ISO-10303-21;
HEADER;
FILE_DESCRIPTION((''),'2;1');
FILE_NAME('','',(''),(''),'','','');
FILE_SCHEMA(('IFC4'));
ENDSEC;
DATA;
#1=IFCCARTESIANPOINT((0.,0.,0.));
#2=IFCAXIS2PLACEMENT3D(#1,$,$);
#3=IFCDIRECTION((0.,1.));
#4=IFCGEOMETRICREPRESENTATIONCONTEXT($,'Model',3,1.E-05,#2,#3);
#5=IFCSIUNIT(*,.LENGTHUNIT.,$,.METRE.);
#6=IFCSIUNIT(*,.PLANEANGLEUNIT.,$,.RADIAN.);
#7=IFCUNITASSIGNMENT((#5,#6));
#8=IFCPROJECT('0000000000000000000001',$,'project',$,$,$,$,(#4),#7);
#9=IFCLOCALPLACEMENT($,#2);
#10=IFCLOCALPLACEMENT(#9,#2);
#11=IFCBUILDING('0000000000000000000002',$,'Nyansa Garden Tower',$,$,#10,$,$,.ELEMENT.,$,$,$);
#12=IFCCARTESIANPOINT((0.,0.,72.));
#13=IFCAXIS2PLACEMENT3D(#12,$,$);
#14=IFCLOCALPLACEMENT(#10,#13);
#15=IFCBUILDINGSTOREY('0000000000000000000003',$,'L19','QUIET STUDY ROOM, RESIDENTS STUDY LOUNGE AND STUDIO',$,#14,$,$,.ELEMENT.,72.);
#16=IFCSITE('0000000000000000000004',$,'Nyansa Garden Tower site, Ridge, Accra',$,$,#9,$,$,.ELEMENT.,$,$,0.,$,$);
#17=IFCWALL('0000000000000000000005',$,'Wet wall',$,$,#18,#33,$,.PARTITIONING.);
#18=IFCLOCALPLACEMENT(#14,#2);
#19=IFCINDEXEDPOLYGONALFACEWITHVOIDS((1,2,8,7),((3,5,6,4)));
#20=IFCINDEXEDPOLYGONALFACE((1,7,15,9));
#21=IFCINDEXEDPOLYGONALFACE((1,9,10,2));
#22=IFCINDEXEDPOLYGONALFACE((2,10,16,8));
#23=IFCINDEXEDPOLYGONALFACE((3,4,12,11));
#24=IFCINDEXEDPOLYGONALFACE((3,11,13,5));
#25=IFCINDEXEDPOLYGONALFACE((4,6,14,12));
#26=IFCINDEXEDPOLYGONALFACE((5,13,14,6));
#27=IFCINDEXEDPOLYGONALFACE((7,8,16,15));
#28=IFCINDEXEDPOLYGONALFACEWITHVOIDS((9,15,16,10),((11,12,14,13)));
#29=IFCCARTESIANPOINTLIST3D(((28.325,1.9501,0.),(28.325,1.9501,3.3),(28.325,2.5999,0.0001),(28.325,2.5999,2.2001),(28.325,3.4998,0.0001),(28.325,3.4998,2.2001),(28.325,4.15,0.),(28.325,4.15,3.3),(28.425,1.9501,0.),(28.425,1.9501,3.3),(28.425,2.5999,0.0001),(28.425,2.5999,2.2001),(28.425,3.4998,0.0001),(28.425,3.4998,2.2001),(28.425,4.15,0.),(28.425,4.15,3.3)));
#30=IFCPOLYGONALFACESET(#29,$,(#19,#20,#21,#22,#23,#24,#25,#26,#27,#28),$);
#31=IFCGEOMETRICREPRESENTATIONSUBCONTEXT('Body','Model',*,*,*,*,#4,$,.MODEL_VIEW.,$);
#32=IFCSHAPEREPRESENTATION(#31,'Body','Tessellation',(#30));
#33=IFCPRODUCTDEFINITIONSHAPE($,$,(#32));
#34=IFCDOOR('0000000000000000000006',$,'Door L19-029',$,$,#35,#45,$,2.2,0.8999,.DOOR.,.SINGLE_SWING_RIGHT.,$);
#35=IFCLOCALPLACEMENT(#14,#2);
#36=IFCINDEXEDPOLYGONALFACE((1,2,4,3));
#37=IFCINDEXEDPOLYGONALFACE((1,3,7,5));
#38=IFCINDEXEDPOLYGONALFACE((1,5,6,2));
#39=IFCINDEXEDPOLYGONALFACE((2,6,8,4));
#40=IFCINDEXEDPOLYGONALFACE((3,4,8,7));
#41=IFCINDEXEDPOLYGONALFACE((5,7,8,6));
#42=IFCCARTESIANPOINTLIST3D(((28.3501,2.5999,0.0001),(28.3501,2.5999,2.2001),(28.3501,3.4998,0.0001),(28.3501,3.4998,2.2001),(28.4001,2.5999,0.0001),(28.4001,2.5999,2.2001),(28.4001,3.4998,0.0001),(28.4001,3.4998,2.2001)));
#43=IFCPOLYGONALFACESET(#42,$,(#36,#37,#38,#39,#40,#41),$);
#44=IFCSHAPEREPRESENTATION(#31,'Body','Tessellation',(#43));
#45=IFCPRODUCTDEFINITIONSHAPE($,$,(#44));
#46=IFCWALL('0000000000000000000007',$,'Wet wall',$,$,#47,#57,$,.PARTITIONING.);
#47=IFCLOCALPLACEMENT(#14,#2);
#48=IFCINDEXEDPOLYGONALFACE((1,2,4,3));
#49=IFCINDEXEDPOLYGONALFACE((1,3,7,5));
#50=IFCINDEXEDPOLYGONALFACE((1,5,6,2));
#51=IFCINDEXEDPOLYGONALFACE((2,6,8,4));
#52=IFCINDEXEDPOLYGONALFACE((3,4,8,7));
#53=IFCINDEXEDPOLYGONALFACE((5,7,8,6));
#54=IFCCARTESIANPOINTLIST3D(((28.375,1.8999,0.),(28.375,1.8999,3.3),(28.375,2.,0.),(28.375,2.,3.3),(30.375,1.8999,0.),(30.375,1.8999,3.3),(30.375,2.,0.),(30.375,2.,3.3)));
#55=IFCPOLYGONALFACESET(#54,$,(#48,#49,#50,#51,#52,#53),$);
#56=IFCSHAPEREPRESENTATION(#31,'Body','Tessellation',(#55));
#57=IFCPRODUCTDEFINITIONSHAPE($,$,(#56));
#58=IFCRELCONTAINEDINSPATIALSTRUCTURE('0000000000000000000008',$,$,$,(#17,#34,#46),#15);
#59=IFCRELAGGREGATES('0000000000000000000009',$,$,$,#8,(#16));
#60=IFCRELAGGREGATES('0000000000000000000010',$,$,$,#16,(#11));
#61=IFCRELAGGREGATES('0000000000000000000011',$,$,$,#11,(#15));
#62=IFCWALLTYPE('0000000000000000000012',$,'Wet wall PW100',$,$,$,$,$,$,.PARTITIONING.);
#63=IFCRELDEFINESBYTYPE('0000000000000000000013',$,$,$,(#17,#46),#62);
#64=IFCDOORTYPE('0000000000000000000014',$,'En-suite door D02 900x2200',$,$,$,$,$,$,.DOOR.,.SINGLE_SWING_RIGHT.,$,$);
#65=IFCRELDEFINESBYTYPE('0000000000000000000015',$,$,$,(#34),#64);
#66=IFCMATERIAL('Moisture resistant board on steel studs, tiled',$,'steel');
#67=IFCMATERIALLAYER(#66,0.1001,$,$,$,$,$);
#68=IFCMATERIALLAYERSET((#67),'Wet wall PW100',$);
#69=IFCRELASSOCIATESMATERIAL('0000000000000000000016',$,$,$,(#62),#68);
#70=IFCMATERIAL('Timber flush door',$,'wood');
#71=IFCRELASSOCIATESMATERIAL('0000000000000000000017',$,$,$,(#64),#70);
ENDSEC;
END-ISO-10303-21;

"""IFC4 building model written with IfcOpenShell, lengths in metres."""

from ifc_helpers import new_model, si_unit, direction, frame, frame_2d, origin, place, context, subcontext, project, spatial, rectangle, extrude, material, layer, layer_set, type_object, element, fill, save


model = new_model("IFC4")

# Units and contexts
model_context = context("Model", 3, precision=1e-05, world=origin(), true_north=direction((0.0, 1.0)))
body_context = subcontext(model_context, "Body", "Model", "MODEL_VIEW")
ifc_project = project(units=[si_unit("LENGTHUNIT", "METRE"), si_unit("PLANEANGLEUNIT", "RADIAN")], contexts=[model_context])

# Site, building, storey
site_placement = place(None, origin())
site = spatial("IfcSite", under=ifc_project, at=site_placement, Name="Nyansa Garden Tower site, Ridge, Accra", CompositionType="ELEMENT", RefElevation=0.0)
building_placement = place(site_placement, origin())
building = spatial("IfcBuilding", under=site, at=building_placement, Name="Nyansa Garden Tower", CompositionType="ELEMENT")
storey_placement = place(building_placement, frame((0.0, 0.0, 72.0)))
storey = spatial("IfcBuildingStorey", under=building, at=storey_placement, Name="L19", Description="QUIET STUDY ROOM, RESIDENTS STUDY LOUNGE AND STUDIO", CompositionType="ELEMENT", Elevation=72.0)

# Wall, opening, door
ifc_material_1 = material(Name="Moisture resistant board on steel studs, tiled", Category="steel")
ifc_layer_1 = layer(ifc_material_1, 0.1001)
ifc_layer_set_1 = layer_set([ifc_layer_1], Name="Wet wall PW100")
wall_type_1 = type_object("IfcWallType", Name="Wet wall PW100", PredefinedType="PARTITIONING", material=ifc_layer_set_1)
wall_1_placement = place(storey_placement, frame((28.375, 1.95, 0.0), z_axis=(0.0, 0.0, 1.0), x_axis=(0.0, 1.0, 0.0)))
wall_1 = element("IfcWall", 1, at=wall_1_placement, inside=storey, type_object=wall_type_1, Name="Wet wall", PredefinedType="PARTITIONING", context=body_context, shape_type="SweptSolid", body=[
    extrude(rectangle(XDim=2.2, YDim=0.1001, at=frame_2d((1.1001, 0.0))), origin(), (0.0, 0.0, 1.0), 3.3),
])
opening_1_placement = place(wall_1_placement, frame((0.6499, 0.0, 0.0)))
opening_1 = element("IfcOpeningElement", 2, at=opening_1_placement, cuts=wall_1, PredefinedType="OPENING", context=body_context, shape_type="SweptSolid", body=[
    extrude(rectangle(XDim=0.8999, YDim=2.2, at=frame_2d((0.45, 1.1001))), frame((0.0, 0.0601, 0.0), z_axis=(0.0, -1.0, 0.0), x_axis=(1.0, 0.0, 0.0)), (0.0, 0.0, 1.0), 0.1201),
])
ifc_material_2 = material(Name="Timber flush door", Category="wood")
door_type_1 = type_object("IfcDoorType", Name="En-suite door D02 900x2200", OperationType="SINGLE_SWING_RIGHT", PredefinedType="DOOR", material=ifc_material_2)
door_1_placement = place(opening_1_placement, origin())
door_1 = element("IfcDoor", 3, at=door_1_placement, inside=storey, type_object=door_type_1, Name="Door L19-029", OperationType="SINGLE_SWING_RIGHT", OverallHeight=2.2, OverallWidth=0.8999, PredefinedType="DOOR", context=body_context, shape_type="SweptSolid", body=[
    extrude(rectangle(XDim=0.8999, YDim=2.2, at=frame_2d((0.45, 1.1001))), frame((0.0, 0.0249, 0.0), z_axis=(0.0, -1.0, 0.0), x_axis=(1.0, 0.0, 0.0)), (0.0, 0.0, 1.0), 0.05),
])
fill(opening_1, door_1)

# Wall
wall_2_placement = place(storey_placement, frame((28.375, 1.95, 0.0), z_axis=(0.0, 0.0, 1.0), x_axis=(1.0, 0.0, 0.0)))
element("IfcWall", 4, at=wall_2_placement, inside=storey, type_object=wall_type_1, Name="Wet wall", PredefinedType="PARTITIONING", context=body_context, shape_type="SweptSolid", body=[
    extrude(rectangle(XDim=2.0, YDim=0.1001, at=frame_2d((1.0, 0.0))), origin(), (0.0, 0.0, 1.0), 3.3),
])

save(model, "model.ifc")
